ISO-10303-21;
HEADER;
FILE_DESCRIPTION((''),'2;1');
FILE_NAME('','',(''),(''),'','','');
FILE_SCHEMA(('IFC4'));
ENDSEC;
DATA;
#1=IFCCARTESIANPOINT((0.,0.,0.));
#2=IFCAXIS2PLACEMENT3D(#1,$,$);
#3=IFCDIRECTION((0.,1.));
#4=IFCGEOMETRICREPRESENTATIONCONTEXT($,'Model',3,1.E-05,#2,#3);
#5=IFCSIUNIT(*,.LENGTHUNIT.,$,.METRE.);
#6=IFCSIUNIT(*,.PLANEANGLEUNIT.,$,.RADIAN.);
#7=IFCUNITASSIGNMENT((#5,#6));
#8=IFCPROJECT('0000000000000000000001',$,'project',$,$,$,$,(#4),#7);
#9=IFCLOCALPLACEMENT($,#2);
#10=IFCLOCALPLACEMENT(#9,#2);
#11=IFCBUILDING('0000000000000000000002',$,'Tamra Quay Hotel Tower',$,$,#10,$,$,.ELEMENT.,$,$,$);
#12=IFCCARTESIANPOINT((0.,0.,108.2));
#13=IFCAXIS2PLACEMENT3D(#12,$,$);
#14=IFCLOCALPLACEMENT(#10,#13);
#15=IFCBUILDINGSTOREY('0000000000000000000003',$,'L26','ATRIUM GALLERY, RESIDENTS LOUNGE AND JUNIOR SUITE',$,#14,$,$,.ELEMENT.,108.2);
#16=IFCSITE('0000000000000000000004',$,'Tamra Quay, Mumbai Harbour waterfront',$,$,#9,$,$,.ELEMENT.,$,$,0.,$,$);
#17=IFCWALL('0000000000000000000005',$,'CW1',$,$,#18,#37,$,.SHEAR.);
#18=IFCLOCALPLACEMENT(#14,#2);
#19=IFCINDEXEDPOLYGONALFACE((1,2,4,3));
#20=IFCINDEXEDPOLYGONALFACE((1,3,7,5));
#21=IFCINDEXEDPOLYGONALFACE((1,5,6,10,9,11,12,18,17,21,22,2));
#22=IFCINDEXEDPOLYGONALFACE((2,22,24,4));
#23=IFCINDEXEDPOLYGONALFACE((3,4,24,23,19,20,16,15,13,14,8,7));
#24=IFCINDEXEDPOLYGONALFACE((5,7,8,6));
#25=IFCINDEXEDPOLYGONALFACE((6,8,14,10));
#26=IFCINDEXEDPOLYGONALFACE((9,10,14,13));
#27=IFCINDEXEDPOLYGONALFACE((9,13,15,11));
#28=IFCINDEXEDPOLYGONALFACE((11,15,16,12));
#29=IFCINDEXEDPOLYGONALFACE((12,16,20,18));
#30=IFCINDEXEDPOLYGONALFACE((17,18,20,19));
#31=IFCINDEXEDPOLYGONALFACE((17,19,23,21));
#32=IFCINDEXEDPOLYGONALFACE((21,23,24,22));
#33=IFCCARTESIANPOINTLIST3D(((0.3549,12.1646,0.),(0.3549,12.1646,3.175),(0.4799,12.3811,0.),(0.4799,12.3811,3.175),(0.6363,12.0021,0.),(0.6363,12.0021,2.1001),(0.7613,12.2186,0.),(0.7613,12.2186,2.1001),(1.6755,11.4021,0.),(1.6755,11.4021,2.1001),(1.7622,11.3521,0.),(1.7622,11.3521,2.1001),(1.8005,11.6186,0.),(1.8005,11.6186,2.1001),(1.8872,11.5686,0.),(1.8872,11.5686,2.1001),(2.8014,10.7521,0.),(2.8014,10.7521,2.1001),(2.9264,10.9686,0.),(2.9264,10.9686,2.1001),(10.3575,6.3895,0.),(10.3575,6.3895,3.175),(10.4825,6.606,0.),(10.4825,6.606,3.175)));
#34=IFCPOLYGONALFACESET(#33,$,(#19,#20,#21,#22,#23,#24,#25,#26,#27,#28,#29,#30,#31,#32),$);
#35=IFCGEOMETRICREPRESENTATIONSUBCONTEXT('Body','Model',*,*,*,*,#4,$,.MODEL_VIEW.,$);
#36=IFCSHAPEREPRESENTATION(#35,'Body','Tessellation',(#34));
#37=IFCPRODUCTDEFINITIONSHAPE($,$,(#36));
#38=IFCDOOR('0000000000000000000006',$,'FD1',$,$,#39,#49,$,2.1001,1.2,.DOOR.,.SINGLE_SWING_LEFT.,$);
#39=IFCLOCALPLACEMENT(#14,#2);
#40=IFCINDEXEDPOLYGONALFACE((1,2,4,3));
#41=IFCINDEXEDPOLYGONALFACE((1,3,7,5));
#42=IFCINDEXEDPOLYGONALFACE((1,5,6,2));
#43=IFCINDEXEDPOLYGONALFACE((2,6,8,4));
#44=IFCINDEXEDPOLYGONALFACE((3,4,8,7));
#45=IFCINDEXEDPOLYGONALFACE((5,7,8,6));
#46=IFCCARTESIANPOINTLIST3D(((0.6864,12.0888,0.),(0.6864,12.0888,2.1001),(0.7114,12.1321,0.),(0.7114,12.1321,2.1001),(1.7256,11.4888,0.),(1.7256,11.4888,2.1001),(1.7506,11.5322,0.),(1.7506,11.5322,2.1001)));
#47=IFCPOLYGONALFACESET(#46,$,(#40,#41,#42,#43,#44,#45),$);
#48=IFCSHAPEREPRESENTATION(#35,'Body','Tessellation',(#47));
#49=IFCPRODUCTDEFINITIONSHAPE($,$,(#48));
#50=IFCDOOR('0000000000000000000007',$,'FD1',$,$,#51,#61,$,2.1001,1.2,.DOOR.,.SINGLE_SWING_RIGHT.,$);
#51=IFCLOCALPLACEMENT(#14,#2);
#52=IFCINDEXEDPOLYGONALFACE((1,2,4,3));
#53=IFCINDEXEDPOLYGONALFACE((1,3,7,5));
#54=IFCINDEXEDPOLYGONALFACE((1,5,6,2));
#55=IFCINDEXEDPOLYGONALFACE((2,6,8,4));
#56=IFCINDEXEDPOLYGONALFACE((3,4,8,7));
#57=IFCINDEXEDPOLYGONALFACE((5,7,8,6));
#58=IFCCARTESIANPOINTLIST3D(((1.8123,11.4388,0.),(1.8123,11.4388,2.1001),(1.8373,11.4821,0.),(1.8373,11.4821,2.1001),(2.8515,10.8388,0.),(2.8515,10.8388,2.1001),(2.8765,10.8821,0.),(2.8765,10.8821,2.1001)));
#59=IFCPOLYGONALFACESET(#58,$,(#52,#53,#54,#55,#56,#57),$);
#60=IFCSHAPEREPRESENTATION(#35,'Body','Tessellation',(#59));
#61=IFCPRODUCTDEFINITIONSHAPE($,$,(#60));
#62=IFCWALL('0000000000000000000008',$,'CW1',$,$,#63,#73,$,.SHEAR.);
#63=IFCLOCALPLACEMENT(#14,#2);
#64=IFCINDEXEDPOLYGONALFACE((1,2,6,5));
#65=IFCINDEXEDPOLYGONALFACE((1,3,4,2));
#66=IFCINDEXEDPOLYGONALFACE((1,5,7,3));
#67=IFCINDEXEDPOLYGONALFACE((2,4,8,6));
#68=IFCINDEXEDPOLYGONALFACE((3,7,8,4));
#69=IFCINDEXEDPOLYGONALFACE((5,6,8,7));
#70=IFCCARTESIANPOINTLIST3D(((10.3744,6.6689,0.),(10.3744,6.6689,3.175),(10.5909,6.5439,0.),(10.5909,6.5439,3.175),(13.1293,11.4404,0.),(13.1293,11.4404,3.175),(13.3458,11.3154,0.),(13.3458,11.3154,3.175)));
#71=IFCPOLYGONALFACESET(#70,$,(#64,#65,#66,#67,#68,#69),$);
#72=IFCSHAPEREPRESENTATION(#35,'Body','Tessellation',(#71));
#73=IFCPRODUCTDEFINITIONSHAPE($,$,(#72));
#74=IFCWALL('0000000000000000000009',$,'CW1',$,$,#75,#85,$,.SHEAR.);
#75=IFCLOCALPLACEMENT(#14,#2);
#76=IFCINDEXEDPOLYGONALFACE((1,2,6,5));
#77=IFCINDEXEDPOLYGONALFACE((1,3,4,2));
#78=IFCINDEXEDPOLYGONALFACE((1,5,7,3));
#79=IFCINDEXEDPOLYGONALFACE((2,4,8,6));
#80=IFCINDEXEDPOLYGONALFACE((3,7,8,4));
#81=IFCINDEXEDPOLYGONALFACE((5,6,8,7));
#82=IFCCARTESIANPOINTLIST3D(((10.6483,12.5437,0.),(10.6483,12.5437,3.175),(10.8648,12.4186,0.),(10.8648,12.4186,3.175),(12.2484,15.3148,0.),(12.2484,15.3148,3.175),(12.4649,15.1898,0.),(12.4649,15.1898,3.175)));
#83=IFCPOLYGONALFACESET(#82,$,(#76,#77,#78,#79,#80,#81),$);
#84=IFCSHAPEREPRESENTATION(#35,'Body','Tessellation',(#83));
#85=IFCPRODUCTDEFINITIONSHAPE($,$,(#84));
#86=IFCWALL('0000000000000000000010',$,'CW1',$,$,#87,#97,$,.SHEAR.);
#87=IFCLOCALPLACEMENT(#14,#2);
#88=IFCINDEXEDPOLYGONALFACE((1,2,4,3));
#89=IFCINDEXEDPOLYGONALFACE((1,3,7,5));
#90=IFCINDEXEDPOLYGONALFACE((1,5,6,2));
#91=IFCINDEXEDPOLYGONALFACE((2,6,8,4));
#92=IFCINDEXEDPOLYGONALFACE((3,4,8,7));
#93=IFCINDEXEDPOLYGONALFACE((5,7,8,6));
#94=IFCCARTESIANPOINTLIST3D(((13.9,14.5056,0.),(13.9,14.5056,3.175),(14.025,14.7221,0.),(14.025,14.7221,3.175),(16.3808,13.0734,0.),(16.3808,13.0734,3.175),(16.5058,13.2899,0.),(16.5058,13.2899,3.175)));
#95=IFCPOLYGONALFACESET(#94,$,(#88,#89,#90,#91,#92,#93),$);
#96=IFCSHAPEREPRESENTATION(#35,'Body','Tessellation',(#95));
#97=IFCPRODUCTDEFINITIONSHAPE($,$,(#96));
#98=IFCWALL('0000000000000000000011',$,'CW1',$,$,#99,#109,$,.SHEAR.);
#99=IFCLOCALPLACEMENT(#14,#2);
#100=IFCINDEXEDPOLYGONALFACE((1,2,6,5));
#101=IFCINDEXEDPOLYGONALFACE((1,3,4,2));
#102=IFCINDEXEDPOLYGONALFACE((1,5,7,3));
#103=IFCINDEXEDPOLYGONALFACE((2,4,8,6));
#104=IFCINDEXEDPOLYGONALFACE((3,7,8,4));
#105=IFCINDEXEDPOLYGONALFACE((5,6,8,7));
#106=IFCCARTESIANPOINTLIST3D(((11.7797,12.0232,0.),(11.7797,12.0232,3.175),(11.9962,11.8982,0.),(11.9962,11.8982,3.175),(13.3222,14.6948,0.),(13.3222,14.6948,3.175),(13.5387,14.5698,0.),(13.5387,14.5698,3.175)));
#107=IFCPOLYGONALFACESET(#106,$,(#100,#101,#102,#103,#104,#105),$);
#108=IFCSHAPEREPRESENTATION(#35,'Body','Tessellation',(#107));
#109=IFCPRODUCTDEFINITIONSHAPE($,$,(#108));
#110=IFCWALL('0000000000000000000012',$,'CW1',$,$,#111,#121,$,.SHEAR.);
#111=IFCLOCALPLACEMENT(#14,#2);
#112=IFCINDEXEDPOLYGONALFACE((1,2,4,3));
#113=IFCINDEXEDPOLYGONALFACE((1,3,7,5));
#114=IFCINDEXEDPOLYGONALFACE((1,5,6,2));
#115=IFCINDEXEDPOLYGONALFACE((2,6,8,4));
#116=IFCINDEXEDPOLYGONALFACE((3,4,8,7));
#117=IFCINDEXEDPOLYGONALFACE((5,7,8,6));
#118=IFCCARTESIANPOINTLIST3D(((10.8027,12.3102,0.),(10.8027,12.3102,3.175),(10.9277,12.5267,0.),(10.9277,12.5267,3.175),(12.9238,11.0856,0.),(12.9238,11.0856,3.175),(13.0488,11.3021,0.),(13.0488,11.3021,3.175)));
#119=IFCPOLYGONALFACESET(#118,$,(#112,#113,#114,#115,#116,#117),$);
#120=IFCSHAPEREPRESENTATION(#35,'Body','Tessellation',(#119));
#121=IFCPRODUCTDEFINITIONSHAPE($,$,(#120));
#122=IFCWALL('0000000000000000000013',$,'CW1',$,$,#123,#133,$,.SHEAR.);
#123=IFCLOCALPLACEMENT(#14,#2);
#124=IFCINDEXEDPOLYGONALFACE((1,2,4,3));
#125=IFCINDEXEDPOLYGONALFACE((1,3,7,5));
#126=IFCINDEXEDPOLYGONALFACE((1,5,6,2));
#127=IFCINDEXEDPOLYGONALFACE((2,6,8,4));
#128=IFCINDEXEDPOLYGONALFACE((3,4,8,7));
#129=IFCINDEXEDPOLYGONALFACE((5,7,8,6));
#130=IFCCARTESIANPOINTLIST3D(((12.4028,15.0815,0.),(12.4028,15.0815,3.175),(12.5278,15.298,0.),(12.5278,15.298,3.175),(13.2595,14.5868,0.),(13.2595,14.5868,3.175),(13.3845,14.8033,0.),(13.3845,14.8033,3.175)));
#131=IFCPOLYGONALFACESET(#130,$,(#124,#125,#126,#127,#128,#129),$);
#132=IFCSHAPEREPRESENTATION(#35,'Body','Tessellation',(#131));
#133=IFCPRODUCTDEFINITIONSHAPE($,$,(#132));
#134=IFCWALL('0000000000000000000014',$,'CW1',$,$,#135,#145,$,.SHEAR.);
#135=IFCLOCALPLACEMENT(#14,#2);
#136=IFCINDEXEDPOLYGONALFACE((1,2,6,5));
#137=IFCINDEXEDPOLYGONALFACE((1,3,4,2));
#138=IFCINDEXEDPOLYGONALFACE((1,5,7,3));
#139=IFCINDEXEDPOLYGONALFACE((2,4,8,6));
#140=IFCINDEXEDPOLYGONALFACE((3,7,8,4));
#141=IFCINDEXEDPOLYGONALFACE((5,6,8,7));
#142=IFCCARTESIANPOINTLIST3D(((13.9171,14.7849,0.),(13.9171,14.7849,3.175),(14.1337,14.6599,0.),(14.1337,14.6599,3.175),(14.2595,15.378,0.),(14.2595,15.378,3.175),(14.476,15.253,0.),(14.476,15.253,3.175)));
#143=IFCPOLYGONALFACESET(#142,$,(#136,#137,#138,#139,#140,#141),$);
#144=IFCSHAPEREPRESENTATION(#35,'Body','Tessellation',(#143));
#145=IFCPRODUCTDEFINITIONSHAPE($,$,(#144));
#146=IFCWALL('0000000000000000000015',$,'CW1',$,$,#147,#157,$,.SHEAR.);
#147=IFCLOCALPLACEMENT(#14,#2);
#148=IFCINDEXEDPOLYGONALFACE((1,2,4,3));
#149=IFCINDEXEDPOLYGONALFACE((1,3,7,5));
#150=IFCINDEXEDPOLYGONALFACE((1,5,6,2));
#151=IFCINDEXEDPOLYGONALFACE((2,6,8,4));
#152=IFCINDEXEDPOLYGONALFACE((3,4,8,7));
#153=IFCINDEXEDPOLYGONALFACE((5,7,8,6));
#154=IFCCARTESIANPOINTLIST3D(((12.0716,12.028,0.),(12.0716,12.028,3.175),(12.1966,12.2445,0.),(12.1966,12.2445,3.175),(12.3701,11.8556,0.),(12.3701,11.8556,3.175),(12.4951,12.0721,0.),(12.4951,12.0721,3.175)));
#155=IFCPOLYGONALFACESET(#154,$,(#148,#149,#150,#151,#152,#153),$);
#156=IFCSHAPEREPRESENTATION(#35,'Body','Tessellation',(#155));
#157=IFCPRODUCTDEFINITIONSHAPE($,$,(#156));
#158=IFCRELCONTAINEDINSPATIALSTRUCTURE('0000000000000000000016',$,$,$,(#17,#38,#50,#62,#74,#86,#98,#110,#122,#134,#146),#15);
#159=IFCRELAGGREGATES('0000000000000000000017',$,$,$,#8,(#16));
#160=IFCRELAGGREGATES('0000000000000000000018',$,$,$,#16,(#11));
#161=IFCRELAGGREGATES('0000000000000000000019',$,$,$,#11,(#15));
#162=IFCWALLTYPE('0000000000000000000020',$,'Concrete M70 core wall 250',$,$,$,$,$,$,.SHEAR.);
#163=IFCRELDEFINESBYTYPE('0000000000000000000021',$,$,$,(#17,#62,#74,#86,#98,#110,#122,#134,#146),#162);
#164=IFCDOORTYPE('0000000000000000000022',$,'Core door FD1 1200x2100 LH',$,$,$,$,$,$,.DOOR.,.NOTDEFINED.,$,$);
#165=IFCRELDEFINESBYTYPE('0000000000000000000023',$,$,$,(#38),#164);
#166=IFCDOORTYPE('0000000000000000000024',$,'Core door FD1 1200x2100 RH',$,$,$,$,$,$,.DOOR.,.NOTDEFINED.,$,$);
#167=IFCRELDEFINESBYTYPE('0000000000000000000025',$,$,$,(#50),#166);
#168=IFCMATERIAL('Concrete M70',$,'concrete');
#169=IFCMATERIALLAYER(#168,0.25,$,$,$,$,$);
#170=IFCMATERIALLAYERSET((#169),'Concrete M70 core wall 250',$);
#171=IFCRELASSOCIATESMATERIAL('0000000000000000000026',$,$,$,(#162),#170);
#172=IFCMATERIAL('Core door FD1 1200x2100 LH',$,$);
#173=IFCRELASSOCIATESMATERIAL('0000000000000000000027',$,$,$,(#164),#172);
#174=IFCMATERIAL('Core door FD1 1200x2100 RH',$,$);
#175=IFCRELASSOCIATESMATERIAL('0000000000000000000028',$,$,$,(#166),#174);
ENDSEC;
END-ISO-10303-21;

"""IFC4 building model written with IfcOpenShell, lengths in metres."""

from ifc_helpers import new_model, si_unit, direction, frame, frame_2d, origin, place, context, subcontext, project, spatial, rectangle, extrude, material, layer, layer_set, type_object, element, fill, save


model = new_model("IFC4")

# Units and contexts
model_context = context("Model", 3, precision=1e-05, world=origin(), true_north=direction((0.0, 1.0)))
body_context = subcontext(model_context, "Body", "Model", "MODEL_VIEW")
ifc_project = project(units=[si_unit("LENGTHUNIT", "METRE"), si_unit("PLANEANGLEUNIT", "RADIAN")], contexts=[model_context])

# Site, building, storey
site_placement = place(None, origin())
site = spatial("IfcSite", under=ifc_project, at=site_placement, Name="Tamra Quay, Mumbai Harbour waterfront", CompositionType="ELEMENT", RefElevation=0.0)
building_placement = place(site_placement, origin())
building = spatial("IfcBuilding", under=site, at=building_placement, Name="Tamra Quay Hotel Tower", CompositionType="ELEMENT")
storey_placement = place(building_placement, frame((0.0, 0.0, 108.2)))
storey = spatial("IfcBuildingStorey", under=building, at=storey_placement, Name="L26", Description="ATRIUM GALLERY, RESIDENTS LOUNGE AND JUNIOR SUITE", CompositionType="ELEMENT", Elevation=108.2)

# Shared definitions
ifc_material_1 = material(Name="Concrete M70", Category="concrete")

# Wall, openings, doors
ifc_layer_1 = layer(ifc_material_1, 0.25)
ifc_layer_set_1 = layer_set([ifc_layer_1], Name="Concrete M70 core wall 250")
wall_type_1 = type_object("IfcWallType", Name="Concrete M70 core wall 250", PredefinedType="SHEAR", material=ifc_layer_set_1)
wall_1_placement = place(storey_placement, frame((10.4199, 6.4978, 0.0), z_axis=(0.0, 0.0, 1.0), x_axis=(-0.866022, 0.500006, 0.0)))
wall_1 = element("IfcWall", 1, at=wall_1_placement, inside=storey, type_object=wall_type_1, Name="CW1", PredefinedType="SHEAR", context=body_context, shape_type="SweptSolid", body=[
    extrude(rectangle(XDim=11.55, YDim=0.25, at=frame_2d((5.7749, 0.0))), origin(), (0.0, 0.0, 1.0), 3.175),
])
opening_1_placement = place(wall_1_placement, frame((10.0249, 0.0, 0.0)))
opening_1 = element("IfcOpeningElement", 2, at=opening_1_placement, cuts=wall_1, PredefinedType="OPENING", context=body_context, shape_type="SweptSolid", body=[
    extrude(rectangle(XDim=1.2, YDim=2.1001, at=frame_2d((0.6001, 1.05))), frame((0.0, 0.135, 0.0), z_axis=(0.0, -1.0, 0.0), x_axis=(1.0, 0.0, 0.0)), (0.0, 0.0, 1.0), 0.27),
])
opening_2_placement = place(wall_1_placement, frame((8.7249, 0.0, 0.0)))
opening_2 = element("IfcOpeningElement", 3, at=opening_2_placement, cuts=wall_1, PredefinedType="OPENING", context=body_context, shape_type="SweptSolid", body=[
    extrude(rectangle(XDim=1.2, YDim=2.1001, at=frame_2d((0.6001, 1.05))), frame((0.0, 0.135, 0.0), z_axis=(0.0, -1.0, 0.0), x_axis=(1.0, 0.0, 0.0)), (0.0, 0.0, 1.0), 0.27),
])
ifc_material_2 = material(Name="Core door FD1 1200x2100 LH")
door_type_1 = type_object("IfcDoorType", Name="Core door FD1 1200x2100 LH", OperationType="NOTDEFINED", PredefinedType="DOOR", material=ifc_material_2)
door_1_placement = place(opening_1_placement, origin())
door_1 = element("IfcDoor", 4, at=door_1_placement, inside=storey, type_object=door_type_1, Name="FD1", OperationType="SINGLE_SWING_LEFT", OverallHeight=2.1001, OverallWidth=1.2, PredefinedType="DOOR", context=body_context, shape_type="SweptSolid", body=[
    extrude(rectangle(XDim=1.2, YDim=2.1001, at=frame_2d((0.6001, 1.05))), frame((0.0, 0.0249, 0.0), z_axis=(0.0, -1.0, 0.0), x_axis=(1.0, 0.0, 0.0)), (0.0, 0.0, 1.0), 0.05),
])
fill(opening_1, door_1)
ifc_material_3 = material(Name="Core door FD1 1200x2100 RH")
door_type_2 = type_object("IfcDoorType", Name="Core door FD1 1200x2100 RH", OperationType="NOTDEFINED", PredefinedType="DOOR", material=ifc_material_3)
door_2_placement = place(opening_2_placement, origin())
door_2 = element("IfcDoor", 5, at=door_2_placement, inside=storey, type_object=door_type_2, Name="FD1", OperationType="SINGLE_SWING_RIGHT", OverallHeight=2.1001, OverallWidth=1.2, PredefinedType="DOOR", context=body_context, shape_type="SweptSolid", body=[
    extrude(rectangle(XDim=1.2, YDim=2.1001, at=frame_2d((0.6001, 1.05))), frame((0.0, 0.0249, 0.0), z_axis=(0.0, -1.0, 0.0), x_axis=(1.0, 0.0, 0.0)), (0.0, 0.0, 1.0), 0.05),
])
fill(opening_2, door_2)

# Walls
wall_2_placement = place(storey_placement, frame((13.2375, 11.3779, 0.0), z_axis=(0.0, 0.0, 1.0), x_axis=(-0.500009, -0.86602, 0.0)))
element("IfcWall", 6, at=wall_2_placement, inside=storey, type_object=wall_type_1, Name="CW1", PredefinedType="SHEAR", context=body_context, shape_type="SweptSolid", body=[
    extrude(rectangle(XDim=5.5098, YDim=0.25, at=frame_2d((2.7549, 0.0))), origin(), (0.0, 0.0, 1.0), 3.175),
])
wall_3_placement = place(storey_placement, frame((12.3567, 15.2524, 0.0), z_axis=(0.0, 0.0, 1.0), x_axis=(-0.500028, -0.866009, 0.0)))
element("IfcWall", 7, at=wall_3_placement, inside=storey, type_object=wall_type_1, Name="CW1", PredefinedType="SHEAR", context=body_context, shape_type="SweptSolid", body=[
    extrude(rectangle(XDim=3.2, YDim=0.25, at=frame_2d((1.6001, 0.0))), origin(), (0.0, 0.0, 1.0), 3.175),
])
wall_4_placement = place(storey_placement, frame((13.9626, 14.6138, 0.0), z_axis=(0.0, 0.0, 1.0), x_axis=(0.866042, -0.499971, 0.0)))
element("IfcWall", 8, at=wall_4_placement, inside=storey, type_object=wall_type_1, Name="CW1", PredefinedType="SHEAR", context=body_context, shape_type="SweptSolid", body=[
    extrude(rectangle(XDim=2.8645, YDim=0.25, at=frame_2d((1.4321, 0.0))), origin(), (0.0, 0.0, 1.0), 3.175),
])
wall_5_placement = place(storey_placement, frame((11.8879, 11.9607, 0.0), z_axis=(0.0, 0.0, 1.0), x_axis=(0.500003, 0.866023, 0.0)))
element("IfcWall", 9, at=wall_5_placement, inside=storey, type_object=wall_type_1, Name="CW1", PredefinedType="SHEAR", context=body_context, shape_type="SweptSolid", body=[
    extrude(rectangle(XDim=3.085, YDim=0.25, at=frame_2d((1.5425, 0.0))), origin(), (0.0, 0.0, 1.0), 3.175),
])
wall_6_placement = place(storey_placement, frame((10.8652, 12.4185, 0.0), z_axis=(0.0, 0.0, 1.0), x_axis=(0.866026, -0.499999, 0.0)))
element("IfcWall", 10, at=wall_6_placement, inside=storey, type_object=wall_type_1, Name="CW1", PredefinedType="SHEAR", context=body_context, shape_type="SweptSolid", body=[
    extrude(rectangle(XDim=2.4492, YDim=0.25, at=frame_2d((1.2246, 0.0))), origin(), (0.0, 0.0, 1.0), 3.175),
])
wall_7_placement = place(storey_placement, frame((13.322, 14.6951, 0.0), z_axis=(0.0, 0.0, 1.0), x_axis=(-0.866017, 0.500014, 0.0)))
element("IfcWall", 11, at=wall_7_placement, inside=storey, type_object=wall_type_1, Name="CW1", PredefinedType="SHEAR", context=body_context, shape_type="SweptSolid", body=[
    extrude(rectangle(XDim=0.9893, YDim=0.25, at=frame_2d((0.4946, 0.0))), origin(), (0.0, 0.0, 1.0), 3.175),
])
wall_8_placement = place(storey_placement, frame((14.3677, 15.3154, 0.0), z_axis=(0.0, 0.0, 1.0), x_axis=(-0.499897, -0.866085, 0.0)))
element("IfcWall", 12, at=wall_8_placement, inside=storey, type_object=wall_type_1, Name="CW1", PredefinedType="SHEAR", context=body_context, shape_type="SweptSolid", body=[
    extrude(rectangle(XDim=0.6848, YDim=0.25, at=frame_2d((0.3423, 0.0))), origin(), (0.0, 0.0, 1.0), 3.175),
])
wall_9_placement = place(storey_placement, frame((12.4326, 11.9639, 0.0), z_axis=(0.0, 0.0, 1.0), x_axis=(-0.866056, 0.499947, 0.0)))
element("IfcWall", 13, at=wall_9_placement, inside=storey, type_object=wall_type_1, Name="CW1", PredefinedType="SHEAR", context=body_context, shape_type="SweptSolid", body=[
    extrude(rectangle(XDim=0.3447, YDim=0.25, at=frame_2d((0.1724, 0.0))), origin(), (0.0, 0.0, 1.0), 3.175),
])

save(model, "model.ifc")
